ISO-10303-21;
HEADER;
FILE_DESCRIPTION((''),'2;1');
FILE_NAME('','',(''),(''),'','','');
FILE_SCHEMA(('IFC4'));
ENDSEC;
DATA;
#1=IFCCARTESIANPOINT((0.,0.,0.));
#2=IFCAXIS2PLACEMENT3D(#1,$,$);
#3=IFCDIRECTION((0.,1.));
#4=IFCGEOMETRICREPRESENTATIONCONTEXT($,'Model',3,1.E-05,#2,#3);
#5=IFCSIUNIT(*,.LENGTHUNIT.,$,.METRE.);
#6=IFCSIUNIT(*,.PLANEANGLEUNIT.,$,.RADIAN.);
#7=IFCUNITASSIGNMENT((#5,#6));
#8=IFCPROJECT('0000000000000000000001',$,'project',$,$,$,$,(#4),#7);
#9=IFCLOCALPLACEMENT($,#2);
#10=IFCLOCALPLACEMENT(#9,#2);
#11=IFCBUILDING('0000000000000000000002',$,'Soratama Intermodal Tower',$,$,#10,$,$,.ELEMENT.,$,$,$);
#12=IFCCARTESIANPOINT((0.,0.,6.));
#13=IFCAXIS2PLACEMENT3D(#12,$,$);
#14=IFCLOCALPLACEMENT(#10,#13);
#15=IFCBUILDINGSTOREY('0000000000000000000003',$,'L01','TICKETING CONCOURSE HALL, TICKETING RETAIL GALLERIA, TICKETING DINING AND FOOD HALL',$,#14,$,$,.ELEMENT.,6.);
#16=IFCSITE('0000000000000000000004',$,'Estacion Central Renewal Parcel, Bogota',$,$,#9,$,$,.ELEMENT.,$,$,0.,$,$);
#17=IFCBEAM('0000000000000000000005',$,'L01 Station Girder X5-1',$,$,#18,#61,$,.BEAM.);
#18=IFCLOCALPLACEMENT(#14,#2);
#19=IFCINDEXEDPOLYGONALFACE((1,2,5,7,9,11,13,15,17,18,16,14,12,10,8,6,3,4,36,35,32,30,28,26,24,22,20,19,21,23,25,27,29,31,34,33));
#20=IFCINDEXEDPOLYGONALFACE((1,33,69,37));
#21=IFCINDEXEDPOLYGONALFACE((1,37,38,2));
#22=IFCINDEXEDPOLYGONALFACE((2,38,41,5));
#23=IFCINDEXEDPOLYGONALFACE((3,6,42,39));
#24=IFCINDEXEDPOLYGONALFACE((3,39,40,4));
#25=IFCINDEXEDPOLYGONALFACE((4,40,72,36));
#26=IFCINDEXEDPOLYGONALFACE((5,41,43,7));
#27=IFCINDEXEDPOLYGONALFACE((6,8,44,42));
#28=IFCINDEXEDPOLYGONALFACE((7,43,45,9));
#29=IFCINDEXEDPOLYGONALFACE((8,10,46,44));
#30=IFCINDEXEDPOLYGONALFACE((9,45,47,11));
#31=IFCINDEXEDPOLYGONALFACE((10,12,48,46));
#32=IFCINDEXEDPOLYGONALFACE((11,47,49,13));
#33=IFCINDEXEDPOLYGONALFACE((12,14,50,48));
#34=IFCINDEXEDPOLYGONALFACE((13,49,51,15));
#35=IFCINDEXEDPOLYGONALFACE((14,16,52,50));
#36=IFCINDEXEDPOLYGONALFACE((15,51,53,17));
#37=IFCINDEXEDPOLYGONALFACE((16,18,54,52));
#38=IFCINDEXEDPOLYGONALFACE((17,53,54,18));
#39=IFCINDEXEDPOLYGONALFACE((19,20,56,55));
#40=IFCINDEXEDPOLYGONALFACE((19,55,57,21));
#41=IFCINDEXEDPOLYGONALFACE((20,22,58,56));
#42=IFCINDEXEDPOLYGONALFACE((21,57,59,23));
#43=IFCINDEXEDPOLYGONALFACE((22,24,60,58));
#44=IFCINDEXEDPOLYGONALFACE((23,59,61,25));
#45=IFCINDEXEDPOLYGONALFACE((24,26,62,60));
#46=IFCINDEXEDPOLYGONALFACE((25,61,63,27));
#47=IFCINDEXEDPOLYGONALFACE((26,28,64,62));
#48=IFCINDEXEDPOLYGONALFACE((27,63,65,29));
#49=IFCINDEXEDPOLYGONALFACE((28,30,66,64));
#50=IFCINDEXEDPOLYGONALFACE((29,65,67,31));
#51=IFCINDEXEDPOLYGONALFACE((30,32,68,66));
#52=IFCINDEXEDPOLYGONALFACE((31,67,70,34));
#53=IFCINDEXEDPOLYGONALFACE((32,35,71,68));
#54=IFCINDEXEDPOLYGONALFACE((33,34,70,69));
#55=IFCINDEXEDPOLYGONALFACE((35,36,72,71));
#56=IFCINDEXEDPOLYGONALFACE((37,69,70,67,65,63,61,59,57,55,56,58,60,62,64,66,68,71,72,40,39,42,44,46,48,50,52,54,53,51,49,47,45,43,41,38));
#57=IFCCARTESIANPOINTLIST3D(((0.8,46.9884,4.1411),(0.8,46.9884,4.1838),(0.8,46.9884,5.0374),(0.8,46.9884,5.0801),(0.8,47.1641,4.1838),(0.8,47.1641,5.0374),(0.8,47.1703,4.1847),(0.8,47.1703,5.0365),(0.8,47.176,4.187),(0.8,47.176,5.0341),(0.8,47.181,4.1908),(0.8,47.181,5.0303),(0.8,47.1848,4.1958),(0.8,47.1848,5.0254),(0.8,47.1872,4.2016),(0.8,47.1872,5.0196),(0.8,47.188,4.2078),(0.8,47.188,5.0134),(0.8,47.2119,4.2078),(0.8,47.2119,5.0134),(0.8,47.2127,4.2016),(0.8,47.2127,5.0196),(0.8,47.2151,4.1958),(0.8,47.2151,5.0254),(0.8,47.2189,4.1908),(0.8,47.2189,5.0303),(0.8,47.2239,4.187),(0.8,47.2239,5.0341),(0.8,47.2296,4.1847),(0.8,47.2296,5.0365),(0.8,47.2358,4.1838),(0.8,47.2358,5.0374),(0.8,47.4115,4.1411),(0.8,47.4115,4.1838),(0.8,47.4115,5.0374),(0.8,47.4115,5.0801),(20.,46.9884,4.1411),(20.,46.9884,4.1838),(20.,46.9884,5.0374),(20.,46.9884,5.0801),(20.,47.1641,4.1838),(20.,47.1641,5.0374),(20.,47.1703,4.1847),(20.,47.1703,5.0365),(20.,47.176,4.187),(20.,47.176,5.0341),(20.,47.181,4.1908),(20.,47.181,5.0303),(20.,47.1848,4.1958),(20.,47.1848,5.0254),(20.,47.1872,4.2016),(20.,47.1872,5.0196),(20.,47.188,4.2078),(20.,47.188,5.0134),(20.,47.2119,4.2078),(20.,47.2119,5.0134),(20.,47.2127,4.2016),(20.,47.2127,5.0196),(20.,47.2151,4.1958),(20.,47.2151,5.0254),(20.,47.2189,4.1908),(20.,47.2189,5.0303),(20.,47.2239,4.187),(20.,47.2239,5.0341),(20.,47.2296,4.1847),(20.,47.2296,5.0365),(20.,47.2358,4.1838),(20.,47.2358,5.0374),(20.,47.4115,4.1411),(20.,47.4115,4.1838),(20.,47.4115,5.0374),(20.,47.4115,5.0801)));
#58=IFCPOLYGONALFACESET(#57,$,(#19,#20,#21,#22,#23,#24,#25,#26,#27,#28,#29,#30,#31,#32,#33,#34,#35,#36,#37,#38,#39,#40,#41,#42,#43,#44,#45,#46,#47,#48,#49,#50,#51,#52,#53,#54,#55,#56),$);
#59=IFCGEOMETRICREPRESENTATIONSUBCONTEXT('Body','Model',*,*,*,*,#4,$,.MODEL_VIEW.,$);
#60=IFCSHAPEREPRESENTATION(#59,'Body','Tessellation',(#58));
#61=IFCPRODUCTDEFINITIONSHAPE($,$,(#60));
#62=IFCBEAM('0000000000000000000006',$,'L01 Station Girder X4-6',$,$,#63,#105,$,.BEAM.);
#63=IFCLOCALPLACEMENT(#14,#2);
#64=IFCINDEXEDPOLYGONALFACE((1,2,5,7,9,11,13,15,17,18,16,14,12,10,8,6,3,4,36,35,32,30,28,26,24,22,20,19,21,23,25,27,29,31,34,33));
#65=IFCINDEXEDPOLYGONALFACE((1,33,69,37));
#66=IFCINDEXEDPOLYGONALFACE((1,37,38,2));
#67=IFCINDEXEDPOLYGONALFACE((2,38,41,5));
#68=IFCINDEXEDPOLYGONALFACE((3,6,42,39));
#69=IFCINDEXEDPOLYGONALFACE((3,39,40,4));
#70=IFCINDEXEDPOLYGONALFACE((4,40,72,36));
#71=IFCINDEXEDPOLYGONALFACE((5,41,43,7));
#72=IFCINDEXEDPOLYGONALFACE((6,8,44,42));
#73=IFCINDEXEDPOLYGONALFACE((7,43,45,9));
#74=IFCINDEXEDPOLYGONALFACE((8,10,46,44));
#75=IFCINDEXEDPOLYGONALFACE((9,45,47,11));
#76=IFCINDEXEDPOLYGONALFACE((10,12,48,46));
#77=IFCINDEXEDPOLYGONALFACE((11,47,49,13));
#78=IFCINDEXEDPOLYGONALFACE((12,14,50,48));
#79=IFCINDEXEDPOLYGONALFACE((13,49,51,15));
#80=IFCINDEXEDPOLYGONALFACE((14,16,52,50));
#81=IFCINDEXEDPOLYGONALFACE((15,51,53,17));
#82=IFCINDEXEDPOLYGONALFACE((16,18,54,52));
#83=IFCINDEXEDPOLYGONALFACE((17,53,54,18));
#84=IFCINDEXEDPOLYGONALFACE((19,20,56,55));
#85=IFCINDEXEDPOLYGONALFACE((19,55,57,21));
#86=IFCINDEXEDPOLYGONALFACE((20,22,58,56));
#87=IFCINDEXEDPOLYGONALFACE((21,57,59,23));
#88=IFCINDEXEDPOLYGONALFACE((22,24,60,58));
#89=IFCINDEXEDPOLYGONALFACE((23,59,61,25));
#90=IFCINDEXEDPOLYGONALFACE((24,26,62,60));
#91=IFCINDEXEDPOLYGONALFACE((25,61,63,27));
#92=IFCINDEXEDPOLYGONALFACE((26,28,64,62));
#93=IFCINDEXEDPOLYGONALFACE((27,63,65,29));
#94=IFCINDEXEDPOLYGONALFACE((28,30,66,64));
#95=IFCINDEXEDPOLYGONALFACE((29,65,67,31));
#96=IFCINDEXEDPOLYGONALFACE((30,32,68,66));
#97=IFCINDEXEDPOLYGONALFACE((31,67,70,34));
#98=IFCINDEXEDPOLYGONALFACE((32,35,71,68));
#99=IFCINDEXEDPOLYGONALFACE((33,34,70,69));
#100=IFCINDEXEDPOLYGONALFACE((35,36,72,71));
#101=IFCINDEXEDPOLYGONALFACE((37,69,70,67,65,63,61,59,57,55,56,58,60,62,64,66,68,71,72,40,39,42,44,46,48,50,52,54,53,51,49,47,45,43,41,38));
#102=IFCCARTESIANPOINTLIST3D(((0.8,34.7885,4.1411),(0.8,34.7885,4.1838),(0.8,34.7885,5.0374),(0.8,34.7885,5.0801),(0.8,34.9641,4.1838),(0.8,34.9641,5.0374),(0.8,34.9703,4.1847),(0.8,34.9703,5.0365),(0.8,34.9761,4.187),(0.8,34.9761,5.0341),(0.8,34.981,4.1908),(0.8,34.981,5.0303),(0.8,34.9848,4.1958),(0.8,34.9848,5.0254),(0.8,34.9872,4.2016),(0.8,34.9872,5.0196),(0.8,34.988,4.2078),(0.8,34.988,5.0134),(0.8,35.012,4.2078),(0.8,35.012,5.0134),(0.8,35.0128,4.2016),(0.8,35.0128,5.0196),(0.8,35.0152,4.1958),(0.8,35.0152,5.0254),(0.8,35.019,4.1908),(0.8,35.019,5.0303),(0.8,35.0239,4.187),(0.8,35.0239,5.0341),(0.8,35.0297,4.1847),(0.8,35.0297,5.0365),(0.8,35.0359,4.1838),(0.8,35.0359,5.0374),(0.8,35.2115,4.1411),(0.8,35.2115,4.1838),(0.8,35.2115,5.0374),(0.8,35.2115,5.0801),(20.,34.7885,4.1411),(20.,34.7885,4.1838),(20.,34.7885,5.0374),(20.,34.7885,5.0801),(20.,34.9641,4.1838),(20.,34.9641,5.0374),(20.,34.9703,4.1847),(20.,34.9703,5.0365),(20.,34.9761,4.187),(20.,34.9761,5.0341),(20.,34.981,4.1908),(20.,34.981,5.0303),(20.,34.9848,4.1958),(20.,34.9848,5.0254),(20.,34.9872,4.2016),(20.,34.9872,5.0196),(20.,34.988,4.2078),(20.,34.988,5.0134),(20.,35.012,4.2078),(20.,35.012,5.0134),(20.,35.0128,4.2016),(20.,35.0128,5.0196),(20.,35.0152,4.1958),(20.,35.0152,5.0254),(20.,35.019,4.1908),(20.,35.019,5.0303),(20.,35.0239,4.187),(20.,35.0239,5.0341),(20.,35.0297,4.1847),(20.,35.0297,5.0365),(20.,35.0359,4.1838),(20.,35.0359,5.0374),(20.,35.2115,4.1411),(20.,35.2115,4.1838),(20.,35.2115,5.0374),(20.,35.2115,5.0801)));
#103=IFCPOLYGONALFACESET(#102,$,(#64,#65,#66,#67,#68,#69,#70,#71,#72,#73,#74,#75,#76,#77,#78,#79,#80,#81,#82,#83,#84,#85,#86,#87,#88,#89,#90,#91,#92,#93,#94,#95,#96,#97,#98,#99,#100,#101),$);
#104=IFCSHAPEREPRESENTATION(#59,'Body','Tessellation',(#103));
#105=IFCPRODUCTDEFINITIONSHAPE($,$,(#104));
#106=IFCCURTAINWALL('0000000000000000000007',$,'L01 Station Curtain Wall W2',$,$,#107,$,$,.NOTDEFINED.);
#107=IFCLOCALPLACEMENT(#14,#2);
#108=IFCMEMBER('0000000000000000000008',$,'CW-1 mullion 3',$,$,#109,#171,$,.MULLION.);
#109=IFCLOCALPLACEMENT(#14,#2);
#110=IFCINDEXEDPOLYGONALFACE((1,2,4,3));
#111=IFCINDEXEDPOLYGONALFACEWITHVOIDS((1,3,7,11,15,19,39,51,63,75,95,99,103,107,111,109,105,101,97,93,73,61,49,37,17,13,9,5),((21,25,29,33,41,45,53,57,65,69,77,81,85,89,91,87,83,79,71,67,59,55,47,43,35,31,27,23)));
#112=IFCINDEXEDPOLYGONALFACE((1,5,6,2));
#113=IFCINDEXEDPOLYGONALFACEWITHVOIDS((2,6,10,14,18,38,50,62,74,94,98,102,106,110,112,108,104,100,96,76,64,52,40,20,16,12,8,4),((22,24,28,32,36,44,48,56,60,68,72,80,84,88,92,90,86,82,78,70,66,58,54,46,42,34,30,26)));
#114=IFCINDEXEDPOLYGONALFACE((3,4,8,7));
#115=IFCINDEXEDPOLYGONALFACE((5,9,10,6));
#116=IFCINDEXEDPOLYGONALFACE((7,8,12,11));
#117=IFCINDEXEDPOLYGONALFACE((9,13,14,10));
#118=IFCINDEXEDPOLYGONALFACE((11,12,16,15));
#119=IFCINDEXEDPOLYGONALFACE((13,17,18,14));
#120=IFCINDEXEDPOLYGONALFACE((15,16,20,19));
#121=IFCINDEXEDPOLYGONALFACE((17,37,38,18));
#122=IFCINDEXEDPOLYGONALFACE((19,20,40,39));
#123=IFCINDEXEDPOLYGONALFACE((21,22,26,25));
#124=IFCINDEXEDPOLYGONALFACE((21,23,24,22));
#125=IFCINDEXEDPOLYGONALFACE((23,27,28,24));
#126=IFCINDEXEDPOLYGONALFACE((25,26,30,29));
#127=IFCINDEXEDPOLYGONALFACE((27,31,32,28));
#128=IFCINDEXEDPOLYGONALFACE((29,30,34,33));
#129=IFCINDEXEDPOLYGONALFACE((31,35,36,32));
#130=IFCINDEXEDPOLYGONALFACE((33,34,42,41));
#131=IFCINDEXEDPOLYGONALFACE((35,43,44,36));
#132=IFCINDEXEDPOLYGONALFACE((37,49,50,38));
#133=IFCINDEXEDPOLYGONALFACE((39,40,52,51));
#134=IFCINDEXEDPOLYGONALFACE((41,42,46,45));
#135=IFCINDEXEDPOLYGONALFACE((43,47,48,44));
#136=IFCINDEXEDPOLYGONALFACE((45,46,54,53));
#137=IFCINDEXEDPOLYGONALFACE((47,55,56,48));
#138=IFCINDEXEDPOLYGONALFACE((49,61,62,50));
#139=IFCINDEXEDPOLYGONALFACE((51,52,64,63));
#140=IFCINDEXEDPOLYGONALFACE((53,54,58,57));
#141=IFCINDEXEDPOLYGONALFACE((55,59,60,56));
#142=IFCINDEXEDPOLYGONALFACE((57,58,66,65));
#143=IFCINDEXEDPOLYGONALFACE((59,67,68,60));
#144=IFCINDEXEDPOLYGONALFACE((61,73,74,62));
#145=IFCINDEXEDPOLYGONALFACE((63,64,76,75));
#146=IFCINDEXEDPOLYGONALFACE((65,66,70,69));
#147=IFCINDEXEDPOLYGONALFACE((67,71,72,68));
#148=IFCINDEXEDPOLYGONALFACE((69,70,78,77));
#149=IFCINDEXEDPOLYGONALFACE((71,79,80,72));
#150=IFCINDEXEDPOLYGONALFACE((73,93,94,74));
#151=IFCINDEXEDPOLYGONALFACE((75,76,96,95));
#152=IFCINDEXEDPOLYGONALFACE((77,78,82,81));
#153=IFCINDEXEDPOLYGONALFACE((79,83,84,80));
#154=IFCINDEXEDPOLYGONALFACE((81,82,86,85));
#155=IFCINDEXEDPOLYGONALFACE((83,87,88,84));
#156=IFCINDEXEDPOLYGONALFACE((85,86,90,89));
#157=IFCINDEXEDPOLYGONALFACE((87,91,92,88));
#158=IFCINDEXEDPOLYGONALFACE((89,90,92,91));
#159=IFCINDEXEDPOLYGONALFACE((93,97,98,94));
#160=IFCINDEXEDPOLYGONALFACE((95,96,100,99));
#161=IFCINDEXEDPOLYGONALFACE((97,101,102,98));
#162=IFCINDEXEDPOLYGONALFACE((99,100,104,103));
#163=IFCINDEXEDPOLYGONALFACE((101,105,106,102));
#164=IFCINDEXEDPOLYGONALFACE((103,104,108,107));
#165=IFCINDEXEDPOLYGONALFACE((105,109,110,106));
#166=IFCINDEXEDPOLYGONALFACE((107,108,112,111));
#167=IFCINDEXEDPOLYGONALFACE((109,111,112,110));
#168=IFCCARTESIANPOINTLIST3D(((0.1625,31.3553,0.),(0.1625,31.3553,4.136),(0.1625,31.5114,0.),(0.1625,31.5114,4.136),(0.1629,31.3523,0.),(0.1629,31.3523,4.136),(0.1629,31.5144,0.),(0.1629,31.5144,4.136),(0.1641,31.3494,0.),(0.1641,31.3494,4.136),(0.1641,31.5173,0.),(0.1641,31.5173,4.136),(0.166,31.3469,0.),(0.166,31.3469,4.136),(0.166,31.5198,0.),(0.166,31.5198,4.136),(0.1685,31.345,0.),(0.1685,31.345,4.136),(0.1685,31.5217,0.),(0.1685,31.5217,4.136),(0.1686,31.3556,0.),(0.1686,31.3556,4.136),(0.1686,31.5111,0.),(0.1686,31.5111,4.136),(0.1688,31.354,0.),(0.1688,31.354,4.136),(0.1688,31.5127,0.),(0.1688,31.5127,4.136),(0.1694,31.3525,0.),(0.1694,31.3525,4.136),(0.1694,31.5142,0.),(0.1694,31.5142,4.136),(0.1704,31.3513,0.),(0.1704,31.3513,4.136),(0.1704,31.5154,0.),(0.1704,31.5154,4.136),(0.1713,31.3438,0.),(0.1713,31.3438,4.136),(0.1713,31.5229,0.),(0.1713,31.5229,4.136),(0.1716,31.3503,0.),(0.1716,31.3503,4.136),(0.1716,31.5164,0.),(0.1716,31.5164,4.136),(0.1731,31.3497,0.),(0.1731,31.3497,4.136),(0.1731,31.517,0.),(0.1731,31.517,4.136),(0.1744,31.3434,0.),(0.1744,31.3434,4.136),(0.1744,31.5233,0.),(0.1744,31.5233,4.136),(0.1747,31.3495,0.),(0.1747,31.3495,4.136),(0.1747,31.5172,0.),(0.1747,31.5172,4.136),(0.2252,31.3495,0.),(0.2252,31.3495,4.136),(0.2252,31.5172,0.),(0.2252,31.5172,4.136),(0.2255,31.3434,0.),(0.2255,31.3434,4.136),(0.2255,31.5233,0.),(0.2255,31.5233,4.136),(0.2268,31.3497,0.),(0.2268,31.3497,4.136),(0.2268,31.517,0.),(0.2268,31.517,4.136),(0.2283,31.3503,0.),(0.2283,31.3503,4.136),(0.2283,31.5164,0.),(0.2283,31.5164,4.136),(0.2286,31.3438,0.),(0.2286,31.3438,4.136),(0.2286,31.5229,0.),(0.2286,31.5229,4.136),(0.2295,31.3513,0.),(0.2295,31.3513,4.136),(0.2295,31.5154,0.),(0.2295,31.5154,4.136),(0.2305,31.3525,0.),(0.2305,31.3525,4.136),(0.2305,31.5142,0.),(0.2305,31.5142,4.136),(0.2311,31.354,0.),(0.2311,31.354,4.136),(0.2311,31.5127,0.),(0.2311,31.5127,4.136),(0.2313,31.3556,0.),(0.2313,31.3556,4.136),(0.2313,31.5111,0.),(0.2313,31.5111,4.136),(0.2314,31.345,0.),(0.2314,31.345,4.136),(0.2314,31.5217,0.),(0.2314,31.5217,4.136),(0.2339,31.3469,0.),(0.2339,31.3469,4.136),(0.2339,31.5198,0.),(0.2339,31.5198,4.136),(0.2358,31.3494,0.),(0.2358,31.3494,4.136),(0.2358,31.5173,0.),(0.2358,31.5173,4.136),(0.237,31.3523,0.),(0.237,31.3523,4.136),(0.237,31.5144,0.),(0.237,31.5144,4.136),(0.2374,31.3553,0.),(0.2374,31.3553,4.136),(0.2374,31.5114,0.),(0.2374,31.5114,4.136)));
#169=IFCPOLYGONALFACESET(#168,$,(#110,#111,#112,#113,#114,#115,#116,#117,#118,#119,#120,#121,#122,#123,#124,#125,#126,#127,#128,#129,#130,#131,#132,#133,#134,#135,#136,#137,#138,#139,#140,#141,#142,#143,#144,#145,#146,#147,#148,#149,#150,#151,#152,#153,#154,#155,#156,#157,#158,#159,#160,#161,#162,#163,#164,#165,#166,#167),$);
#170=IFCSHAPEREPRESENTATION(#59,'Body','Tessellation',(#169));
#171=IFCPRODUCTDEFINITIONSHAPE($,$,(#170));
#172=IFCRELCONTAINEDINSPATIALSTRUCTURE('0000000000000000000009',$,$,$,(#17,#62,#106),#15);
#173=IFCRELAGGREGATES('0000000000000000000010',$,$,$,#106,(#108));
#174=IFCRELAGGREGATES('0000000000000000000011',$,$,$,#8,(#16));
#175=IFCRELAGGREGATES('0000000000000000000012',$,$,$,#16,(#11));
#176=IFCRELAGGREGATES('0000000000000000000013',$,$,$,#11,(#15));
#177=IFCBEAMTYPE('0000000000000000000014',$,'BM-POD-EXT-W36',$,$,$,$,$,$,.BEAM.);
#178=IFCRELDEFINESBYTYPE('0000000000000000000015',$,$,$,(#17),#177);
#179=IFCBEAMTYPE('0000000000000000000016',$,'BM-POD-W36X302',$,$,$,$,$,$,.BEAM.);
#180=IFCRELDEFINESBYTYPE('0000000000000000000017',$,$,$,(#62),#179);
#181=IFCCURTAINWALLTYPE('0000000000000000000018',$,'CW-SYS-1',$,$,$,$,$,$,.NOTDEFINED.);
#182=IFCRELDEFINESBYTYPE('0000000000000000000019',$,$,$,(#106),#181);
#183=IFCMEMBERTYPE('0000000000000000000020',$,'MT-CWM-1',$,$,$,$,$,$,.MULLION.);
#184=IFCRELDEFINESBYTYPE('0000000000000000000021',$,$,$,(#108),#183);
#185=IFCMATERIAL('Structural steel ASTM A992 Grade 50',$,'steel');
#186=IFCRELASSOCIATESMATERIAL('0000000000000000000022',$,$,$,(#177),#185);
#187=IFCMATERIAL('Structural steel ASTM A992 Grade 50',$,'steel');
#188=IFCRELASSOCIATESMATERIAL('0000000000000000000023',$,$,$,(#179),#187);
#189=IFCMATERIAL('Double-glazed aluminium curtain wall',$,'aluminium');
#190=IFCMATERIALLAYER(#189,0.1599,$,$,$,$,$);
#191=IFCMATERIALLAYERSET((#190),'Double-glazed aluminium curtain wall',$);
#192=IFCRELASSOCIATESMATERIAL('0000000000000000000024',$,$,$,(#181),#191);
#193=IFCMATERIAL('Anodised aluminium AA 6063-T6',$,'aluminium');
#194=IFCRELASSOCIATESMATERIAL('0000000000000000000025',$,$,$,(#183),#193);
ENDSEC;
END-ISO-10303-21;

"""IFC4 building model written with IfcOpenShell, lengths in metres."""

from ifc_helpers import new_model, si_unit, direction, frame, origin, origin_2d, place, context, subcontext, project, spatial, hollow_rectangle, i_section, extrude, material, layer, layer_set, material_profile, profile_set, type_object, element, aggregate, save


model = new_model("IFC4")

# Units and contexts
model_context = context("Model", 3, precision=1e-05, world=origin(), true_north=direction((0.0, 1.0)))
body_context = subcontext(model_context, "Body", "Model", "MODEL_VIEW")
ifc_project = project(units=[si_unit("LENGTHUNIT", "METRE"), si_unit("PLANEANGLEUNIT", "RADIAN")], contexts=[model_context])

# Site, building, storey
site_placement = place(None, origin())
site = spatial("IfcSite", under=ifc_project, at=site_placement, Name="Estacion Central Renewal Parcel, Bogota", CompositionType="ELEMENT", RefElevation=0.0)
building_placement = place(site_placement, origin())
building = spatial("IfcBuilding", under=site, at=building_placement, Name="Soratama Intermodal Tower", CompositionType="ELEMENT")
storey_placement = place(building_placement, frame((0.0, 0.0, 6.0)))
storey = spatial("IfcBuildingStorey", under=building, at=storey_placement, Name="L01", Description="TICKETING CONCOURSE HALL, TICKETING RETAIL GALLERIA, TICKETING DINING AND FOOD HALL", CompositionType="ELEMENT", Elevation=6.0)

# Beams
ifc_material_1 = material(Name="Structural steel ASTM A992 Grade 50", Category="steel")
ifc_material_profile_1 = material_profile(ifc_material_1, i_section(OverallWidth=0.4231, OverallDepth=0.939, WebThickness=0.0239, FlangeThickness=0.0427, FilletRadius=0.0239, at=origin_2d()), Name="W36X302")
ifc_profile_set_1 = profile_set([ifc_material_profile_1], Name="Structural steel ASTM A992 Grade 50")
beam_type_1 = type_object("IfcBeamType", Name="BM-POD-EXT-W36", PredefinedType="BEAM", material=ifc_profile_set_1)
beam_1_placement = place(storey_placement, frame((0.8, 47.2, 4.6106), z_axis=(1.0, 0.0, 0.0), x_axis=(0.0, 1.0, 0.0)))
element("IfcBeam", 1, at=beam_1_placement, inside=storey, type_object=beam_type_1, Name="L01 Station Girder X5-1", PredefinedType="BEAM", context=body_context, shape_type="SweptSolid", body=[
    extrude(i_section(OverallWidth=0.4231, OverallDepth=0.939, WebThickness=0.0239, FlangeThickness=0.0427, FilletRadius=0.0239, at=origin_2d()), origin(), (0.0, 0.0, 1.0), 19.2),
])
ifc_material_2 = material(Name="Structural steel ASTM A992 Grade 50", Category="steel")
ifc_material_profile_2 = material_profile(ifc_material_2, i_section(OverallWidth=0.4231, OverallDepth=0.939, WebThickness=0.0239, FlangeThickness=0.0427, FilletRadius=0.0239, at=origin_2d()), Name="W36X302")
ifc_profile_set_2 = profile_set([ifc_material_profile_2], Name="Structural steel ASTM A992 Grade 50")
beam_type_2 = type_object("IfcBeamType", Name="BM-POD-W36X302", PredefinedType="BEAM", material=ifc_profile_set_2)
beam_2_placement = place(storey_placement, frame((0.8, 35.0, 4.6106), z_axis=(1.0, 0.0, 0.0), x_axis=(0.0, 1.0, 0.0)))
element("IfcBeam", 2, at=beam_2_placement, inside=storey, type_object=beam_type_2, Name="L01 Station Girder X4-6", PredefinedType="BEAM", context=body_context, shape_type="SweptSolid", body=[
    extrude(i_section(OverallWidth=0.4231, OverallDepth=0.939, WebThickness=0.0239, FlangeThickness=0.0427, FilletRadius=0.0239, at=origin_2d()), origin(), (0.0, 0.0, 1.0), 19.2),
])

# Curtain wall, member
ifc_material_3 = material(Name="Double-glazed aluminium curtain wall", Category="aluminium")
ifc_layer_1 = layer(ifc_material_3, 0.1599)
ifc_layer_set_1 = layer_set([ifc_layer_1], Name="Double-glazed aluminium curtain wall")
curtain_wall_type = type_object("IfcCurtainWallType", Name="CW-SYS-1", PredefinedType="NOTDEFINED", material=ifc_layer_set_1)
curtain_wall_placement = place(storey_placement, origin())
curtain_wall = element("IfcCurtainWall", 3, at=curtain_wall_placement, inside=storey, type_object=curtain_wall_type, Name="L01 Station Curtain Wall W2", PredefinedType="NOTDEFINED")
ifc_material_4 = material(Name="Anodised aluminium AA 6063-T6", Category="aluminium")
ifc_material_profile_3 = material_profile(ifc_material_4, hollow_rectangle(XDim=0.075, YDim=0.1799, WallThickness=0.0061, InnerFilletRadius=0.0061, OuterFilletRadius=0.012, at=origin_2d()), Name="CWM180X75X6")
ifc_profile_set_3 = profile_set([ifc_material_profile_3], Name="Anodised aluminium AA 6063-T6")
member_type_1 = type_object("IfcMemberType", Name="MT-CWM-1", PredefinedType="MULLION", material=ifc_profile_set_3)
member_1_placement = place(storey_placement, frame((0.2, 31.4333, 0.0), z_axis=(0.0, 0.0, 1.0), x_axis=(-1.0, 0.0, 0.0)))
member_1 = element("IfcMember", 4, at=member_1_placement, type_object=member_type_1, Name="CW-1 mullion 3", PredefinedType="MULLION", context=body_context, shape_type="SweptSolid", body=[
    extrude(hollow_rectangle(XDim=0.075, YDim=0.1799, WallThickness=0.0061, InnerFilletRadius=0.0061, OuterFilletRadius=0.012, at=origin_2d()), origin(), (0.0, 0.0, 1.0), 4.136),
])
aggregate(curtain_wall, [member_1])

save(model, "model.ifc")
